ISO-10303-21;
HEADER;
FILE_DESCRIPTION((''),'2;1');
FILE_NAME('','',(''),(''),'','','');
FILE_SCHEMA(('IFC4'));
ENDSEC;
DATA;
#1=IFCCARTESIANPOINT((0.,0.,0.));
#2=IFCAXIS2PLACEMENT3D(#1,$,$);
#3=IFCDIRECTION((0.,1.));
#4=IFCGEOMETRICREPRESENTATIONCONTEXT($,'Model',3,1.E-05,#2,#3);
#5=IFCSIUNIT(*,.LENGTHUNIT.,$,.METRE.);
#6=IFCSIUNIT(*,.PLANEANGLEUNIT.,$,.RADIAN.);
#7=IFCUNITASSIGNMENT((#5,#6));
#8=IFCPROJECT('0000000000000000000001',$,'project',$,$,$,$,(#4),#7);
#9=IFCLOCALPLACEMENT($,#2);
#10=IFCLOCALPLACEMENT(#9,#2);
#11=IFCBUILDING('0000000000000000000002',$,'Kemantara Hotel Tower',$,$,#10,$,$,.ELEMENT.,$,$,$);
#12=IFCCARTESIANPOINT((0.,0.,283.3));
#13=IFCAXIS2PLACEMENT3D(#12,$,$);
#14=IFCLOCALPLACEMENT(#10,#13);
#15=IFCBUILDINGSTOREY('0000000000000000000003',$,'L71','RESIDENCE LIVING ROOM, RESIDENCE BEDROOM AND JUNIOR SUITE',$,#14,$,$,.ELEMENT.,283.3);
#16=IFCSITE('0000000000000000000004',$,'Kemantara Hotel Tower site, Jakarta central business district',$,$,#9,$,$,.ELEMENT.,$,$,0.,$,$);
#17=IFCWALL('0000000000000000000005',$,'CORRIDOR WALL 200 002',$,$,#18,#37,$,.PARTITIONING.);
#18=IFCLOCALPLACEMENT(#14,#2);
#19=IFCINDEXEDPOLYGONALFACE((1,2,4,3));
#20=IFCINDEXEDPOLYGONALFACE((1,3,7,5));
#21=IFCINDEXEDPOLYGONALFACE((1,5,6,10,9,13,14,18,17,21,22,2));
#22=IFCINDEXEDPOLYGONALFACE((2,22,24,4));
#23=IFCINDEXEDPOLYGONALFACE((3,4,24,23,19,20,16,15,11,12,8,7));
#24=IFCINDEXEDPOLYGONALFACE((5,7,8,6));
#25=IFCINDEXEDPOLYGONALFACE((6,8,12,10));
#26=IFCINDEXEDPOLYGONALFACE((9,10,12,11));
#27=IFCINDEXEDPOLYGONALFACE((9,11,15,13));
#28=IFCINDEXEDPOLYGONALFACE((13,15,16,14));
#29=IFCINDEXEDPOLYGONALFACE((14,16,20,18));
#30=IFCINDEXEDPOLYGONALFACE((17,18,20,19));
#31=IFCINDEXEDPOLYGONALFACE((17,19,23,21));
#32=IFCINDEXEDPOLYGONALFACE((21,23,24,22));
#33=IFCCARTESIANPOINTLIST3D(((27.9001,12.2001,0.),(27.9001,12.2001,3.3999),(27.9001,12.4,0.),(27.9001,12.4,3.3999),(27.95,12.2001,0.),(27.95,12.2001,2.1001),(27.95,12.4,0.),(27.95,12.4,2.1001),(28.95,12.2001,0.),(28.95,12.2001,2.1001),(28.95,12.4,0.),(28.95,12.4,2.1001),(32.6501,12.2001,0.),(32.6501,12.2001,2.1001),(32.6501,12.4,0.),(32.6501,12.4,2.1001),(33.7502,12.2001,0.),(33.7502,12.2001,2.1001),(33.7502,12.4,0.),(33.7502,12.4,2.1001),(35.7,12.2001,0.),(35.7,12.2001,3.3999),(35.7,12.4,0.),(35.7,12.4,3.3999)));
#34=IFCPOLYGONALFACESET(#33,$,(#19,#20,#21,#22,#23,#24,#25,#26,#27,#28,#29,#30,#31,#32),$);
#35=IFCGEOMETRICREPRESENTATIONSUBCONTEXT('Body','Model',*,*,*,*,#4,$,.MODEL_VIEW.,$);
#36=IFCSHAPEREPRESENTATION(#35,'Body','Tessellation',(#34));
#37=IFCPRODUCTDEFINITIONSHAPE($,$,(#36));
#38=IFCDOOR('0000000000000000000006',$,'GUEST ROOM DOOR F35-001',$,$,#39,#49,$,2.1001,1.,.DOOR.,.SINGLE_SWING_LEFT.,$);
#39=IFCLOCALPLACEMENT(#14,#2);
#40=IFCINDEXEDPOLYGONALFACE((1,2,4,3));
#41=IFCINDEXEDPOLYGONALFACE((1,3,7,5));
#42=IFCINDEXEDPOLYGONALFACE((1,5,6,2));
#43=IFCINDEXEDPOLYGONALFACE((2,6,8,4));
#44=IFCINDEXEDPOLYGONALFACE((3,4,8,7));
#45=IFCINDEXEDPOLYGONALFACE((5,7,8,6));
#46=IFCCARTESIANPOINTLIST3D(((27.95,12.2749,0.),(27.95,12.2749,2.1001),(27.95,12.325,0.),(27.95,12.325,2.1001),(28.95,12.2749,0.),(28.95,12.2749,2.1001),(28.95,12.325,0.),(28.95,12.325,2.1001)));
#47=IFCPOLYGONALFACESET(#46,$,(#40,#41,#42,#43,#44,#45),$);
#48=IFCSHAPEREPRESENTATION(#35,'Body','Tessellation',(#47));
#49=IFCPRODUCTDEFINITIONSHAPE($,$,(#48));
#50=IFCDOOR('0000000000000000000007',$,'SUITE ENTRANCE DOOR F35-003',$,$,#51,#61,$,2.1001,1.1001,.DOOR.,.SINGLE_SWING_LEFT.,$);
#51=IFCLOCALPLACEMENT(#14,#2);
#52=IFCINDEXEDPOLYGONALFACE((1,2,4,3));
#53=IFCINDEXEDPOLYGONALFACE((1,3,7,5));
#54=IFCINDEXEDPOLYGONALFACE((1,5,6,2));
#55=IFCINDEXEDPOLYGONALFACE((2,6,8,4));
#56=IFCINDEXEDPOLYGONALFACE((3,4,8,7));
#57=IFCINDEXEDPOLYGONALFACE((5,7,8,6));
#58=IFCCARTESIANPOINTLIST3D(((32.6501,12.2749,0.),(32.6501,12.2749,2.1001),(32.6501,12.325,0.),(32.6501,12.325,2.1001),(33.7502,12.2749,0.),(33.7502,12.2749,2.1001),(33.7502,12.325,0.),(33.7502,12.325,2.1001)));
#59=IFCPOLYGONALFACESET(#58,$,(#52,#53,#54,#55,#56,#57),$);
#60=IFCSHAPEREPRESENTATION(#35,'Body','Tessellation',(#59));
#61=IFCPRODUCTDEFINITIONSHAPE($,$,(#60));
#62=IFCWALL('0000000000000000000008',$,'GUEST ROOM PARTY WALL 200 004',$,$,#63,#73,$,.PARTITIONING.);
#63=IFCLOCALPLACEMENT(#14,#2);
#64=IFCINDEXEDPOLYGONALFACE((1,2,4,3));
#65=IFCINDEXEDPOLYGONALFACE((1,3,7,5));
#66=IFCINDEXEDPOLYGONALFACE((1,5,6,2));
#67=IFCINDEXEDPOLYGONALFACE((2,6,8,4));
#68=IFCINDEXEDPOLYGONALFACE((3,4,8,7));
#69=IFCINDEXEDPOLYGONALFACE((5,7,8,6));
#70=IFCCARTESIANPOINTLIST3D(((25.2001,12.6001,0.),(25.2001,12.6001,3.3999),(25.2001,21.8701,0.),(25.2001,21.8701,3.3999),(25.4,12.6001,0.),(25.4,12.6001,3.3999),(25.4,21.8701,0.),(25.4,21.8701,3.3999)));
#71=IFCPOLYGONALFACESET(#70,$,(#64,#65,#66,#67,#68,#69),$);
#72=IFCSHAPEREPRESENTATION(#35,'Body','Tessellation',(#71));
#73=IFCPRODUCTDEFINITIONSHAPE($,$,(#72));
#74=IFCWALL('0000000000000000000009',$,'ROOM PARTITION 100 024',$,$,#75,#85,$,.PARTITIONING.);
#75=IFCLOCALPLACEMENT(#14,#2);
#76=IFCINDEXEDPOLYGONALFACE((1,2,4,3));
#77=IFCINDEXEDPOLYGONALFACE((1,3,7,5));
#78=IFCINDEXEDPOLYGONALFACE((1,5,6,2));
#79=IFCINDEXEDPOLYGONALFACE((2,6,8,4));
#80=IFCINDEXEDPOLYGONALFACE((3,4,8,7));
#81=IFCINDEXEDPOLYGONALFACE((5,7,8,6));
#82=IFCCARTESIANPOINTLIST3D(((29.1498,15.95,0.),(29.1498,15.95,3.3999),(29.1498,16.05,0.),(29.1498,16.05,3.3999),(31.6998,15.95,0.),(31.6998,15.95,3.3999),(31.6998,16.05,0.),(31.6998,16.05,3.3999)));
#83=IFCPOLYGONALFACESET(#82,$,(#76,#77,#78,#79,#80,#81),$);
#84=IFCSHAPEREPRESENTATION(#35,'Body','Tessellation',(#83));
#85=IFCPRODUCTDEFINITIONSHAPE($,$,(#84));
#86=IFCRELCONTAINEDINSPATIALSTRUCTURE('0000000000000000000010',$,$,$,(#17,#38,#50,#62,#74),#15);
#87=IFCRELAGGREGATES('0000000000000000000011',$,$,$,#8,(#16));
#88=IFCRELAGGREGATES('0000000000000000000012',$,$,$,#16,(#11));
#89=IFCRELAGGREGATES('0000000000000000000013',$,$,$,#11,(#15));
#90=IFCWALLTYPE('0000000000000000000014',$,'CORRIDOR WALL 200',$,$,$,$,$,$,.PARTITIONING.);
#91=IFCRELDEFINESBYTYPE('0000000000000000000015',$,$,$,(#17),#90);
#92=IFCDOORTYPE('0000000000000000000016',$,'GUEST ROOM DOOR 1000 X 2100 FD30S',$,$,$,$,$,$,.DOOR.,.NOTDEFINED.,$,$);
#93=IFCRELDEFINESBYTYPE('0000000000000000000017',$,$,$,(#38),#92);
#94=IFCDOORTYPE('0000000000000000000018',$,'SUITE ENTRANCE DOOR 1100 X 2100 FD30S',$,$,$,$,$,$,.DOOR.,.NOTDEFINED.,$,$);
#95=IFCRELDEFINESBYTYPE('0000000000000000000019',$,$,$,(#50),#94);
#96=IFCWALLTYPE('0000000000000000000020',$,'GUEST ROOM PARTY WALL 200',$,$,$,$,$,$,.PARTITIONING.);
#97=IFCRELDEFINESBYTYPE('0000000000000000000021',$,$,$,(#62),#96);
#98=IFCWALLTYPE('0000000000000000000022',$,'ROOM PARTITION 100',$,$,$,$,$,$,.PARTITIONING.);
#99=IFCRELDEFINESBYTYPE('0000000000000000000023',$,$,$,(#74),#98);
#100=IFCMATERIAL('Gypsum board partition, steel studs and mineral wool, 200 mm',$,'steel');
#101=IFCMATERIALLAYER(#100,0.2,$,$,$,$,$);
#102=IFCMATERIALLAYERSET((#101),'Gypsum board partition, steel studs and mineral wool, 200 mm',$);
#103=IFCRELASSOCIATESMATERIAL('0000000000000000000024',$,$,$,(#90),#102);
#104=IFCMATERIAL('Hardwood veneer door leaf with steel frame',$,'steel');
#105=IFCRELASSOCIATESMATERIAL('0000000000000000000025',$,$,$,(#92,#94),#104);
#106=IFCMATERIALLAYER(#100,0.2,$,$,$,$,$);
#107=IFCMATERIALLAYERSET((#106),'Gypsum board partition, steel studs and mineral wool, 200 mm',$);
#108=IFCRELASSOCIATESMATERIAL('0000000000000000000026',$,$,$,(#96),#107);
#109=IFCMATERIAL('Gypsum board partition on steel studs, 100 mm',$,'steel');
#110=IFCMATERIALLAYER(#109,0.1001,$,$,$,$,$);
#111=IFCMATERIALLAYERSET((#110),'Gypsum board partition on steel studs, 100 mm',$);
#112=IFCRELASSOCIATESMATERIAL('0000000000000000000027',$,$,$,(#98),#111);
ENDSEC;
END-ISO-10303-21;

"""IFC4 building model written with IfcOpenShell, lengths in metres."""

from ifc_helpers import new_model, si_unit, direction, frame, frame_2d, origin, place, context, subcontext, project, spatial, rectangle, extrude, material, layer, layer_set, type_object, element, fill, save


model = new_model("IFC4")

# Units and contexts
model_context = context("Model", 3, precision=1e-05, world=origin(), true_north=direction((0.0, 1.0)))
body_context = subcontext(model_context, "Body", "Model", "MODEL_VIEW")
ifc_project = project(units=[si_unit("LENGTHUNIT", "METRE"), si_unit("PLANEANGLEUNIT", "RADIAN")], contexts=[model_context])

# Site, building, storey
site_placement = place(None, origin())
site = spatial("IfcSite", under=ifc_project, at=site_placement, Name="Kemantara Hotel Tower site, Jakarta central business district", CompositionType="ELEMENT", RefElevation=0.0)
building_placement = place(site_placement, origin())
building = spatial("IfcBuilding", under=site, at=building_placement, Name="Kemantara Hotel Tower", CompositionType="ELEMENT")
storey_placement = place(building_placement, frame((0.0, 0.0, 283.3)))
storey = spatial("IfcBuildingStorey", under=building, at=storey_placement, Name="L71", Description="RESIDENCE LIVING ROOM, RESIDENCE BEDROOM AND JUNIOR SUITE", CompositionType="ELEMENT", Elevation=283.3)

# Shared definitions
ifc_material_1 = material(Name="Gypsum board partition, steel studs and mineral wool, 200 mm", Category="steel")
ifc_layer_1 = layer(ifc_material_1, 0.2)
ifc_layer_set_1 = layer_set([ifc_layer_1], Name="Gypsum board partition, steel studs and mineral wool, 200 mm")
wall_type_1 = type_object("IfcWallType", Name="CORRIDOR WALL 200", PredefinedType="PARTITIONING", material=ifc_layer_set_1)

# Wall, openings, doors
wall_1_placement = place(storey_placement, frame((27.9001, 12.3, 0.0), z_axis=(0.0, 0.0, 1.0), x_axis=(1.0, 0.0, 0.0)))
wall_1 = element("IfcWall", 1, at=wall_1_placement, inside=storey, type_object=wall_type_1, Name="CORRIDOR WALL 200 002", PredefinedType="PARTITIONING", context=body_context, shape_type="SweptSolid", body=[
    extrude(rectangle(XDim=7.7998, YDim=0.2, at=frame_2d((3.8999, 0.0))), origin(), (0.0, 0.0, 1.0), 3.3999),
])
opening_1_placement = place(wall_1_placement, frame((0.0498, 0.0, 0.0)))
opening_1 = element("IfcOpeningElement", 2, at=opening_1_placement, cuts=wall_1, PredefinedType="OPENING", context=body_context, shape_type="SweptSolid", body=[
    extrude(rectangle(XDim=1.0, YDim=2.1001, at=frame_2d((0.5, 1.05))), frame((0.0, 0.1099, 0.0), z_axis=(0.0, -1.0, 0.0), x_axis=(1.0, 0.0, 0.0)), (0.0, 0.0, 1.0), 0.22),
])
opening_2_placement = place(wall_1_placement, frame((4.75, 0.0, 0.0)))
opening_2 = element("IfcOpeningElement", 3, at=opening_2_placement, cuts=wall_1, PredefinedType="OPENING", context=body_context, shape_type="SweptSolid", body=[
    extrude(rectangle(XDim=1.1001, YDim=2.1001, at=frame_2d((0.55, 1.05))), frame((0.0, 0.1099, 0.0), z_axis=(0.0, -1.0, 0.0), x_axis=(1.0, 0.0, 0.0)), (0.0, 0.0, 1.0), 0.22),
])
ifc_material_2 = material(Name="Hardwood veneer door leaf with steel frame", Category="steel")
door_type_1 = type_object("IfcDoorType", Name="GUEST ROOM DOOR 1000 X 2100 FD30S", OperationType="NOTDEFINED", PredefinedType="DOOR", material=ifc_material_2)
door_1_placement = place(opening_1_placement, origin())
door_1 = element("IfcDoor", 4, at=door_1_placement, inside=storey, type_object=door_type_1, Name="GUEST ROOM DOOR F35-001", OperationType="SINGLE_SWING_LEFT", OverallHeight=2.1001, OverallWidth=1.0, PredefinedType="DOOR", context=body_context, shape_type="SweptSolid", body=[
    extrude(rectangle(XDim=1.0, YDim=2.1001, at=frame_2d((0.5, 1.05))), frame((0.0, 0.0249, 0.0), z_axis=(0.0, -1.0, 0.0), x_axis=(1.0, 0.0, 0.0)), (0.0, 0.0, 1.0), 0.05),
])
fill(opening_1, door_1)
door_type_2 = type_object("IfcDoorType", Name="SUITE ENTRANCE DOOR 1100 X 2100 FD30S", OperationType="NOTDEFINED", PredefinedType="DOOR", material=ifc_material_2)
door_2_placement = place(opening_2_placement, origin())
door_2 = element("IfcDoor", 5, at=door_2_placement, inside=storey, type_object=door_type_2, Name="SUITE ENTRANCE DOOR F35-003", OperationType="SINGLE_SWING_LEFT", OverallHeight=2.1001, OverallWidth=1.1001, PredefinedType="DOOR", context=body_context, shape_type="SweptSolid", body=[
    extrude(rectangle(XDim=1.1001, YDim=2.1001, at=frame_2d((0.55, 1.05))), frame((0.0, 0.0249, 0.0), z_axis=(0.0, -1.0, 0.0), x_axis=(1.0, 0.0, 0.0)), (0.0, 0.0, 1.0), 0.05),
])
fill(opening_2, door_2)

# Walls
ifc_layer_2 = layer(ifc_material_1, 0.2)
ifc_layer_set_2 = layer_set([ifc_layer_2], Name="Gypsum board partition, steel studs and mineral wool, 200 mm")
wall_type_2 = type_object("IfcWallType", Name="GUEST ROOM PARTY WALL 200", PredefinedType="PARTITIONING", material=ifc_layer_set_2)
wall_2_placement = place(storey_placement, frame((25.3, 12.6001, 0.0), z_axis=(0.0, 0.0, 1.0), x_axis=(0.0, 1.0, 0.0)))
element("IfcWall", 6, at=wall_2_placement, inside=storey, type_object=wall_type_2, Name="GUEST ROOM PARTY WALL 200 004", PredefinedType="PARTITIONING", context=body_context, shape_type="SweptSolid", body=[
    extrude(rectangle(XDim=9.27, YDim=0.2, at=frame_2d((4.635, 0.0))), origin(), (0.0, 0.0, 1.0), 3.3999),
])
ifc_material_3 = material(Name="Gypsum board partition on steel studs, 100 mm", Category="steel")
ifc_layer_3 = layer(ifc_material_3, 0.1001)
ifc_layer_set_3 = layer_set([ifc_layer_3], Name="Gypsum board partition on steel studs, 100 mm")
wall_type_3 = type_object("IfcWallType", Name="ROOM PARTITION 100", PredefinedType="PARTITIONING", material=ifc_layer_set_3)
wall_3_placement = place(storey_placement, frame((29.1499, 16.0, 0.0), z_axis=(0.0, 0.0, 1.0), x_axis=(1.0, 0.0, 0.0)))
element("IfcWall", 7, at=wall_3_placement, inside=storey, type_object=wall_type_3, Name="ROOM PARTITION 100 024", PredefinedType="PARTITIONING", context=body_context, shape_type="SweptSolid", body=[
    extrude(rectangle(XDim=2.55, YDim=0.1001, at=frame_2d((1.2749, 0.0))), origin(), (0.0, 0.0, 1.0), 3.3999),
])

save(model, "model.ifc")
